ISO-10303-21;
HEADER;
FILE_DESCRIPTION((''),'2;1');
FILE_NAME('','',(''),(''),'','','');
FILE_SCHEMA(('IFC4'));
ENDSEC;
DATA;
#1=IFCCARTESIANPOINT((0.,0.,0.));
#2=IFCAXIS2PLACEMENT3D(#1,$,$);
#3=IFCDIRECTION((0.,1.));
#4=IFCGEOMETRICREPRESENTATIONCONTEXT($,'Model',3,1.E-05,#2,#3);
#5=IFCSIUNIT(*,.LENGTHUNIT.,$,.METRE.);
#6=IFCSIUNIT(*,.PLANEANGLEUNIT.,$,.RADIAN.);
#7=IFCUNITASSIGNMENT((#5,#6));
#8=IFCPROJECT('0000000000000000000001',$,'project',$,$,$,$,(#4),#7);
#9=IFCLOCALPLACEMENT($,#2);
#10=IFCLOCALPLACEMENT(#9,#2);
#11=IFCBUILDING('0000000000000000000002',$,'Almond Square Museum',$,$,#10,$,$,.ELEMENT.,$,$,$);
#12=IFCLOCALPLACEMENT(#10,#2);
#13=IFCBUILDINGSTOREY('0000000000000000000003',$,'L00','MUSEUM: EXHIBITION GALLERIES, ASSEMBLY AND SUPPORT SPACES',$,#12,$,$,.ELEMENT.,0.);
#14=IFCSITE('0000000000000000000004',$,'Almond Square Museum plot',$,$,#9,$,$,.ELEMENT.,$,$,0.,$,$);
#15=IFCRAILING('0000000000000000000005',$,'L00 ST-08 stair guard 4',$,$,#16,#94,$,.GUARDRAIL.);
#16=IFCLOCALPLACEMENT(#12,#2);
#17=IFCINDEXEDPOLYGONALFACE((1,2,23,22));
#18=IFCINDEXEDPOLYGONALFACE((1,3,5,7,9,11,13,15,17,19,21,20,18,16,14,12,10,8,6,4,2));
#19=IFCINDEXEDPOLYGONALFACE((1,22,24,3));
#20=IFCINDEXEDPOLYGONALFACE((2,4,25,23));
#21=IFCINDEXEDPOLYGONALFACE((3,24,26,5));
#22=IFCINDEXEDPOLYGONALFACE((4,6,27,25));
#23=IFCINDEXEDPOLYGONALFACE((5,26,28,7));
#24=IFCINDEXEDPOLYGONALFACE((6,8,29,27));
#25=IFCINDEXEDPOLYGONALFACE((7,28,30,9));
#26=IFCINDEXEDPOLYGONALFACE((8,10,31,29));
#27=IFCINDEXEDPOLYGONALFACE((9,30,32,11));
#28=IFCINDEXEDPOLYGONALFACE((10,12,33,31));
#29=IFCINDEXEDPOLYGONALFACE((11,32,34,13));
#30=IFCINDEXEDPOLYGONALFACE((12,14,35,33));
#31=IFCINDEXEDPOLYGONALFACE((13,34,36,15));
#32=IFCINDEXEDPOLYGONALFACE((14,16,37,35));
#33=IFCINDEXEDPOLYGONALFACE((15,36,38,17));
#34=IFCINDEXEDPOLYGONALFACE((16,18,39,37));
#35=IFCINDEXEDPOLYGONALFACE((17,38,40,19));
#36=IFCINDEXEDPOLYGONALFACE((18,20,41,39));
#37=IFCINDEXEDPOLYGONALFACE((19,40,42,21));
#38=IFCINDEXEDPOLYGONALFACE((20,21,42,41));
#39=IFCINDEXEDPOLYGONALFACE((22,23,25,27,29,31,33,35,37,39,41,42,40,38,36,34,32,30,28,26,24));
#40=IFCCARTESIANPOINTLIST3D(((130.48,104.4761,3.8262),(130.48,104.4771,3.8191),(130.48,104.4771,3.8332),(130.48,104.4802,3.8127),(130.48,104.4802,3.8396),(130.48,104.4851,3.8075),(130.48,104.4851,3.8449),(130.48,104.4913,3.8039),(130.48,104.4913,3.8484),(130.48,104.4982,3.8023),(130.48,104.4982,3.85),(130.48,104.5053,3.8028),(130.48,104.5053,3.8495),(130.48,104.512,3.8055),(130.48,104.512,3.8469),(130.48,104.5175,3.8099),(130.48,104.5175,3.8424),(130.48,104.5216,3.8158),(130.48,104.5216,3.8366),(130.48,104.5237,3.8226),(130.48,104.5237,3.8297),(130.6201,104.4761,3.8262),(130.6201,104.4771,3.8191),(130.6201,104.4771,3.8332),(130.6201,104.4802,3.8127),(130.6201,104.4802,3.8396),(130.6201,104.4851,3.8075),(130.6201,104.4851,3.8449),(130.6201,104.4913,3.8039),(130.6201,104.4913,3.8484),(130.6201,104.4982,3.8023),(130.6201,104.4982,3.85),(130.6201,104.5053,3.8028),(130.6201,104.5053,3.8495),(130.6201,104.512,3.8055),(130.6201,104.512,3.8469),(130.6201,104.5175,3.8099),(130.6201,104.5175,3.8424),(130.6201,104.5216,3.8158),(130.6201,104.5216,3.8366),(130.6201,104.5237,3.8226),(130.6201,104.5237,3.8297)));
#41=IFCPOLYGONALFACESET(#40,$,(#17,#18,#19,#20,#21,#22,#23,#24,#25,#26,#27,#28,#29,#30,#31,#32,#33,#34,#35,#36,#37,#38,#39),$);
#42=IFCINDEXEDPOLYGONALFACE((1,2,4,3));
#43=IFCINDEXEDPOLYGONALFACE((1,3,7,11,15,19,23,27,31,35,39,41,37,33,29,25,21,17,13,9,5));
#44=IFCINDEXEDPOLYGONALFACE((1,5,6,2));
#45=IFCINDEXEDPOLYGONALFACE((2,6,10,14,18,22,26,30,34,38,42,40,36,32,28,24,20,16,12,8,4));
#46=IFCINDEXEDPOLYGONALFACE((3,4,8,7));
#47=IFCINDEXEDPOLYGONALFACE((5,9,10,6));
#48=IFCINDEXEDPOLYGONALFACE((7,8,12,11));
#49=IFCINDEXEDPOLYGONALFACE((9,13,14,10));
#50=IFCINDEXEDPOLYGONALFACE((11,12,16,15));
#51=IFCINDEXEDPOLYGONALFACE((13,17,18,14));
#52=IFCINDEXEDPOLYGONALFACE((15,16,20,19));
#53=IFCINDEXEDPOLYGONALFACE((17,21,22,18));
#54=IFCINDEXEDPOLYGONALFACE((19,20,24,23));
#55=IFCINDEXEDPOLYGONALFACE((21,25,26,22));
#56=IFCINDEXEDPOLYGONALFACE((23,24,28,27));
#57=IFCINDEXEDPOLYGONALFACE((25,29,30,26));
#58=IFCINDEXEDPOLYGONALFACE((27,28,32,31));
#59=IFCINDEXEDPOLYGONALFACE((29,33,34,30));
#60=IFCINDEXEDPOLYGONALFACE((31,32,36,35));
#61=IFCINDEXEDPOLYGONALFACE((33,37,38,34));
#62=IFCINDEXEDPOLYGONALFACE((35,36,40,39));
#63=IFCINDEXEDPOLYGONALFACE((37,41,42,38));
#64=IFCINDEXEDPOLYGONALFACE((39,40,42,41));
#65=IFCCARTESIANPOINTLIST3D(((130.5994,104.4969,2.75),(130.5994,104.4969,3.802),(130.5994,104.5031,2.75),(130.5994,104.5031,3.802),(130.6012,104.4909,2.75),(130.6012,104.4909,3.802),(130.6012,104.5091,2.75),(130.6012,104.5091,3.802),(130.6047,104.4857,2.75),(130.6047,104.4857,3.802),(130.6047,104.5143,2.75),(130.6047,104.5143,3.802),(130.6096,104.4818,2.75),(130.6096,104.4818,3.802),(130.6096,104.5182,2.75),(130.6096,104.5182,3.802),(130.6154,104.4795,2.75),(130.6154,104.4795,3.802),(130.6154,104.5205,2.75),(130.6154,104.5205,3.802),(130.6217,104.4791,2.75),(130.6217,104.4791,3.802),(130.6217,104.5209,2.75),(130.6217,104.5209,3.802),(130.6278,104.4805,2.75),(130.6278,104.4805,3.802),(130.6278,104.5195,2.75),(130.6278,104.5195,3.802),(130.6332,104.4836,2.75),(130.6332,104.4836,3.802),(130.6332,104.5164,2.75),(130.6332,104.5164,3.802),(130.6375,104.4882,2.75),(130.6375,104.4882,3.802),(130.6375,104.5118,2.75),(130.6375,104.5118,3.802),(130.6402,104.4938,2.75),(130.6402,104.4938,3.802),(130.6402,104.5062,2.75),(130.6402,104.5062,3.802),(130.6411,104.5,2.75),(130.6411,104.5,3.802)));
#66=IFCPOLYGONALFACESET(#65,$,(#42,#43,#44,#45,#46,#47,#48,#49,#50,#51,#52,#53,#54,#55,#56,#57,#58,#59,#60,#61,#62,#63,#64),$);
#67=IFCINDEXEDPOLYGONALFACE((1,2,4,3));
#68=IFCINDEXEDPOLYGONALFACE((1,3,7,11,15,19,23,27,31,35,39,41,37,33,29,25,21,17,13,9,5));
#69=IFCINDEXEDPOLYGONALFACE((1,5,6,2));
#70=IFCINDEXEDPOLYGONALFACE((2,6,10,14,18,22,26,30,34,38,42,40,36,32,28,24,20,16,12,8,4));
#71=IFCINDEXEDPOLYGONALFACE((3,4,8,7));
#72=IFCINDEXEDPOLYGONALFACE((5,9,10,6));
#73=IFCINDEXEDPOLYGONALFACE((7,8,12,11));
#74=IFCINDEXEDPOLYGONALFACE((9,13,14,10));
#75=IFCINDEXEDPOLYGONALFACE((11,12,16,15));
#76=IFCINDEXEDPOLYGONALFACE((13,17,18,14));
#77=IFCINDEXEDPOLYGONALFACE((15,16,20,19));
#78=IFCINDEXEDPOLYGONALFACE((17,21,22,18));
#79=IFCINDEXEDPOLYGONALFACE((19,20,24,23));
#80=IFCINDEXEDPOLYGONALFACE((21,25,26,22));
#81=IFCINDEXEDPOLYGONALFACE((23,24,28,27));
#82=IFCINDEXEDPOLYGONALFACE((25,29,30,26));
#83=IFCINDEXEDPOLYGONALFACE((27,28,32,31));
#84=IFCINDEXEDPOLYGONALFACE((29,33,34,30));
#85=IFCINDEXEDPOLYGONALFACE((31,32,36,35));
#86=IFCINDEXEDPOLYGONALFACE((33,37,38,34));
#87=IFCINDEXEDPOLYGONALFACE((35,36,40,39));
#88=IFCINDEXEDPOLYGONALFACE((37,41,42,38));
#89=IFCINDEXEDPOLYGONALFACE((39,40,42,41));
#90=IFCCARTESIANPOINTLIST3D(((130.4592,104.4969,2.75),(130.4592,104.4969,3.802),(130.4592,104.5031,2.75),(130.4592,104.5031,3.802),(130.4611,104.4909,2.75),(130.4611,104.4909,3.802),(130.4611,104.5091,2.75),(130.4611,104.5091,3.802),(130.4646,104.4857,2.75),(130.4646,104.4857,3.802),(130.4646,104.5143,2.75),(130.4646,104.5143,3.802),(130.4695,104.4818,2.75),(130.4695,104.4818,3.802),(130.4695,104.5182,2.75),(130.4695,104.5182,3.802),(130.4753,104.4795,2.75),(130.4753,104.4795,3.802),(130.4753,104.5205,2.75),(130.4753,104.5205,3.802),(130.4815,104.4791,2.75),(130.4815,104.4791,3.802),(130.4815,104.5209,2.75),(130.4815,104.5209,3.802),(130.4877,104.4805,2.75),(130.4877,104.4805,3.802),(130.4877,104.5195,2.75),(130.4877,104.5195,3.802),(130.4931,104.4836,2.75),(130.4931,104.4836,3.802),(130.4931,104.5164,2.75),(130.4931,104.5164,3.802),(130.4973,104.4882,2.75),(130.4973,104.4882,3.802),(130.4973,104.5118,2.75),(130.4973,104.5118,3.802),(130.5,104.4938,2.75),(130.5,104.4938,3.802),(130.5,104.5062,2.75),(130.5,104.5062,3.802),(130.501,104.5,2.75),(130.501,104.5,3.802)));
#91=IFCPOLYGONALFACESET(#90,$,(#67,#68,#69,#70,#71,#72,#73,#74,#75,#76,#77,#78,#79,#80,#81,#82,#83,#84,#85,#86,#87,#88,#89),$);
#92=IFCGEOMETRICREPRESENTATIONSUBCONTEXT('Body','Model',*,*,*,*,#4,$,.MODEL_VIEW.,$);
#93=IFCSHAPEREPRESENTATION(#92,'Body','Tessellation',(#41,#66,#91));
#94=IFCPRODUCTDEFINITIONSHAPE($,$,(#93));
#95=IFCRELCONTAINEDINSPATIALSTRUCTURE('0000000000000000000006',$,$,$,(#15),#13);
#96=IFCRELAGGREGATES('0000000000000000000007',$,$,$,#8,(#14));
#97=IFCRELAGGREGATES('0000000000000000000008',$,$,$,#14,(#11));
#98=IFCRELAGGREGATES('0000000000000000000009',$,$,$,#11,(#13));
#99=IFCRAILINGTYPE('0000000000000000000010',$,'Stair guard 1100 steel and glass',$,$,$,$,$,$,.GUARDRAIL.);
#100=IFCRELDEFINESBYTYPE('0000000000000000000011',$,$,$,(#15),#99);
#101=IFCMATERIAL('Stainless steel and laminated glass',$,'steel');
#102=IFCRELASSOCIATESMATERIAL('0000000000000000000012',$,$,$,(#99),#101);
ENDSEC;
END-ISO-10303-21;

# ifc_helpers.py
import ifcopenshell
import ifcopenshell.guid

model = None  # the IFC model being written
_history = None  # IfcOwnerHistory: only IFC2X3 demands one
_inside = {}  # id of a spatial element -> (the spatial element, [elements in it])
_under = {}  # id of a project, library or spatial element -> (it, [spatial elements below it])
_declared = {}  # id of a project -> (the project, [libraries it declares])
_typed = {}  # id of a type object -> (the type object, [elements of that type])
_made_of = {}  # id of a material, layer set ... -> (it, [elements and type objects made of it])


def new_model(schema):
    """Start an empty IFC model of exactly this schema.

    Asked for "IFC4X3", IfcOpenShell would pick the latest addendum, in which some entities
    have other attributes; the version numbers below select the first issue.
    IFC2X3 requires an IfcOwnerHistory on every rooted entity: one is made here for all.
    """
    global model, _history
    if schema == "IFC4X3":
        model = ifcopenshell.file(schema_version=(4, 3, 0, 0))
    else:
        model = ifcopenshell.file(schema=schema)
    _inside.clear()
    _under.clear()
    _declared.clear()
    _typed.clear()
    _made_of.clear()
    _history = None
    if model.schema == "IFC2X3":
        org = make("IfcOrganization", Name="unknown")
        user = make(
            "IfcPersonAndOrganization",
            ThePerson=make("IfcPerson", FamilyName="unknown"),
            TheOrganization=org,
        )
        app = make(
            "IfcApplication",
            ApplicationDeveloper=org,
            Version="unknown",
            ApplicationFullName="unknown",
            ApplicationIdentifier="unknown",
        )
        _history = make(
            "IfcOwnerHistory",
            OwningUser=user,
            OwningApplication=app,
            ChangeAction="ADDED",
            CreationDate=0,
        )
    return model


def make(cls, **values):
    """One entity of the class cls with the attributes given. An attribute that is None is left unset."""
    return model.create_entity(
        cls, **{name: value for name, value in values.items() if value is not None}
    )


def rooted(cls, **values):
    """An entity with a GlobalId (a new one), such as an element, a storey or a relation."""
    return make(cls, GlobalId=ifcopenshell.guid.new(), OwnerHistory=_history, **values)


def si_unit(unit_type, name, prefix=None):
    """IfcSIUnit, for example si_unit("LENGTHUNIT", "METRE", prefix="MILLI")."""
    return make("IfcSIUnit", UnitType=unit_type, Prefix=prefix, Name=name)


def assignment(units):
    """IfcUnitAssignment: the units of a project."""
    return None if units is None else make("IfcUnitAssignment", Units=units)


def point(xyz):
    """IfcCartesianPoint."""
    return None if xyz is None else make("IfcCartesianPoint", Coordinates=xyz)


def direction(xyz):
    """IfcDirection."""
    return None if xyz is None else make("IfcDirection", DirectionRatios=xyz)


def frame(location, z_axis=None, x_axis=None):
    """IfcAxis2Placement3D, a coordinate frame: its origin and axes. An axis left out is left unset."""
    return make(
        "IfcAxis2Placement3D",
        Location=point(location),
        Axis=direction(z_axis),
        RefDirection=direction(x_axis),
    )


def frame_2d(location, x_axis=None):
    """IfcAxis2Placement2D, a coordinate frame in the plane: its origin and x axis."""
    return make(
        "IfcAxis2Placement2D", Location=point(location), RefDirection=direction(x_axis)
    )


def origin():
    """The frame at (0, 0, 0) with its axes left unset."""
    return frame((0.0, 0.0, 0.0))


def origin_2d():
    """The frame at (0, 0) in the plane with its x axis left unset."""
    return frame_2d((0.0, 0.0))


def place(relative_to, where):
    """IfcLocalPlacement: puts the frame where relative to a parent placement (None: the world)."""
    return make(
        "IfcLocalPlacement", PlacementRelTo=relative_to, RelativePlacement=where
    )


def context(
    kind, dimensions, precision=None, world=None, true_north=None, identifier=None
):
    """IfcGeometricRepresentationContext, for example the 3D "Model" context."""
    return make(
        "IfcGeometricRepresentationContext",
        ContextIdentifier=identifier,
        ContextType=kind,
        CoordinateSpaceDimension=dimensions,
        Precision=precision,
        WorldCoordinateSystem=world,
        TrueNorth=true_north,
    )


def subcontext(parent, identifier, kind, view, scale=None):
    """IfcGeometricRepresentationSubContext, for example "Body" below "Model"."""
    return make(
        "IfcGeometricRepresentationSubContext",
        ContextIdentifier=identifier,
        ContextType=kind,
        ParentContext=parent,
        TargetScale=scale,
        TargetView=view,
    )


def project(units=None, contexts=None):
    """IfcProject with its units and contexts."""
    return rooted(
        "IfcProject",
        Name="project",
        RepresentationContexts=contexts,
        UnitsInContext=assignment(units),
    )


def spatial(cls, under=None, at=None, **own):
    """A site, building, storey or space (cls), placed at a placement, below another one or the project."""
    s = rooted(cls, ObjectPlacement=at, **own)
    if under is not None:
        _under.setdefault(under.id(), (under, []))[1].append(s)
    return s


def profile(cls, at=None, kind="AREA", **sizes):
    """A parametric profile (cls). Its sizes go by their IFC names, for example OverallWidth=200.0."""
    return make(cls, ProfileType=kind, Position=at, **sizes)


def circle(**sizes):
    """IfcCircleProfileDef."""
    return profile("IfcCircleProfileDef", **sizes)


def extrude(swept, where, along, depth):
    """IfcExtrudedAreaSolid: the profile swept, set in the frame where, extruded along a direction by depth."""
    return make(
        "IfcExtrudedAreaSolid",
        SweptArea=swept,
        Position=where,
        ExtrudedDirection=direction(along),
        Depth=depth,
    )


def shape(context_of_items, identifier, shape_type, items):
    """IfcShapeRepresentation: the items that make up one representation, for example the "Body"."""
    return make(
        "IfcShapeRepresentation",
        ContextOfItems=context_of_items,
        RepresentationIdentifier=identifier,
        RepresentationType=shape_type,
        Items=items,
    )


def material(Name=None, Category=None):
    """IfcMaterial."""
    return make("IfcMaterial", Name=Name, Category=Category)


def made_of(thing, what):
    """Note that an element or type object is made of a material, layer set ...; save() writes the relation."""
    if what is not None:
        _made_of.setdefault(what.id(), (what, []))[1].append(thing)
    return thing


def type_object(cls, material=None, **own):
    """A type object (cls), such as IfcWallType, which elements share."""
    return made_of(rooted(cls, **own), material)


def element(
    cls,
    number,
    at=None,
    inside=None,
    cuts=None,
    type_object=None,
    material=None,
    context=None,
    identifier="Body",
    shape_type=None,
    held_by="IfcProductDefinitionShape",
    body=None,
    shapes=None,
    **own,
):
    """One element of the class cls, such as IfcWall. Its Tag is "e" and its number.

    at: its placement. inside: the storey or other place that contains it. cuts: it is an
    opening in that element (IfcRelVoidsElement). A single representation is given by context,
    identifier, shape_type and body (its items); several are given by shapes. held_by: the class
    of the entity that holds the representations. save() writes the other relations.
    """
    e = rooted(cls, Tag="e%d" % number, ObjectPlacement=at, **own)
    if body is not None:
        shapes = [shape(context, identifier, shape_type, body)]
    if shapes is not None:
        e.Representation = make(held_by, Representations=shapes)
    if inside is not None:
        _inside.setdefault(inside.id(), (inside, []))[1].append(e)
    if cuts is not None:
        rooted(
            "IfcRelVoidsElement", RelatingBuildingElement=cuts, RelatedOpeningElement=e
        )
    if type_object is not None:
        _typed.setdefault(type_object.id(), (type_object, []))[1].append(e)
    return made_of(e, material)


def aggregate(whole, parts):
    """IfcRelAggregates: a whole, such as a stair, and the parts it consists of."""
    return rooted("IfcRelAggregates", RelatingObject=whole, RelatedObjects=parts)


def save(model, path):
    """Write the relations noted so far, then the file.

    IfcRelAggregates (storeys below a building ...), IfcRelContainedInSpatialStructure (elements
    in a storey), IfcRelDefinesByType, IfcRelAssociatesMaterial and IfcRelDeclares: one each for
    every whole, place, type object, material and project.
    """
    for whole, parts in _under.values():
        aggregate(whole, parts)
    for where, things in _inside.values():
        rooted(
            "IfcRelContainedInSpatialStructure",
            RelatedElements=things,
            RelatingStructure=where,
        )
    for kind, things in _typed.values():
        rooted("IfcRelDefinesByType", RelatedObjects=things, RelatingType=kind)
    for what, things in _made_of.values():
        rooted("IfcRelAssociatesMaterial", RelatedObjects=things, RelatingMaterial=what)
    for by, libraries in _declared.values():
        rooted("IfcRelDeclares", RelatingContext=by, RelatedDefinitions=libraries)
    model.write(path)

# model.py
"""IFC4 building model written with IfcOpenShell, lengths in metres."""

from ifc_helpers import new_model, si_unit, direction, frame, origin, origin_2d, place, context, subcontext, project, spatial, circle, extrude, material, type_object, element, save


model = new_model("IFC4")

# Units and contexts
model_context = context("Model", 3, precision=1e-05, world=origin(), true_north=direction((0.0, 1.0)))
body_context = subcontext(model_context, "Body", "Model", "MODEL_VIEW")
ifc_project = project(units=[si_unit("LENGTHUNIT", "METRE"), si_unit("PLANEANGLEUNIT", "RADIAN")], contexts=[model_context])

# Site, building, storey
site_placement = place(None, origin())
site = spatial("IfcSite", under=ifc_project, at=site_placement, Name="Almond Square Museum plot", CompositionType="ELEMENT", RefElevation=0.0)
building_placement = place(site_placement, origin())
building = spatial("IfcBuilding", under=site, at=building_placement, Name="Almond Square Museum", CompositionType="ELEMENT")
storey_placement = place(building_placement, origin())
storey = spatial("IfcBuildingStorey", under=building, at=storey_placement, Name="L00", Description="MUSEUM: EXHIBITION GALLERIES, ASSEMBLY AND SUPPORT SPACES", CompositionType="ELEMENT", Elevation=0.0)

# Railing
ifc_material_1 = material(Name="Stainless steel and laminated glass", Category="steel")
railing_type_1 = type_object("IfcRailingType", Name="Stair guard 1100 steel and glass", PredefinedType="GUARDRAIL", material=ifc_material_1)
railing_1_placement = place(storey_placement, frame((130.6201, 104.5, 2.75)))
element("IfcRailing", 1, at=railing_1_placement, inside=storey, type_object=railing_type_1, Name="L00 ST-08 stair guard 4", PredefinedType="GUARDRAIL", context=body_context, shape_type="SweptSolid", body=[
    extrude(circle(Radius=0.0239, at=origin_2d()), frame((0.0, 0.0, 1.0762), z_axis=(-1.0, 0.0, 0.0), x_axis=(0.0, -1.0, 0.0)), (0.0, 0.0, 1.0), 0.1401),
    extrude(circle(Radius=0.021, at=origin_2d()), origin(), (0.0, 0.0, 1.0), 1.052),
    extrude(circle(Radius=0.021, at=origin_2d()), frame((-0.1401, 0.0, 0.0)), (0.0, 0.0, 1.0), 1.052),
])

save(model, "model.ifc")
